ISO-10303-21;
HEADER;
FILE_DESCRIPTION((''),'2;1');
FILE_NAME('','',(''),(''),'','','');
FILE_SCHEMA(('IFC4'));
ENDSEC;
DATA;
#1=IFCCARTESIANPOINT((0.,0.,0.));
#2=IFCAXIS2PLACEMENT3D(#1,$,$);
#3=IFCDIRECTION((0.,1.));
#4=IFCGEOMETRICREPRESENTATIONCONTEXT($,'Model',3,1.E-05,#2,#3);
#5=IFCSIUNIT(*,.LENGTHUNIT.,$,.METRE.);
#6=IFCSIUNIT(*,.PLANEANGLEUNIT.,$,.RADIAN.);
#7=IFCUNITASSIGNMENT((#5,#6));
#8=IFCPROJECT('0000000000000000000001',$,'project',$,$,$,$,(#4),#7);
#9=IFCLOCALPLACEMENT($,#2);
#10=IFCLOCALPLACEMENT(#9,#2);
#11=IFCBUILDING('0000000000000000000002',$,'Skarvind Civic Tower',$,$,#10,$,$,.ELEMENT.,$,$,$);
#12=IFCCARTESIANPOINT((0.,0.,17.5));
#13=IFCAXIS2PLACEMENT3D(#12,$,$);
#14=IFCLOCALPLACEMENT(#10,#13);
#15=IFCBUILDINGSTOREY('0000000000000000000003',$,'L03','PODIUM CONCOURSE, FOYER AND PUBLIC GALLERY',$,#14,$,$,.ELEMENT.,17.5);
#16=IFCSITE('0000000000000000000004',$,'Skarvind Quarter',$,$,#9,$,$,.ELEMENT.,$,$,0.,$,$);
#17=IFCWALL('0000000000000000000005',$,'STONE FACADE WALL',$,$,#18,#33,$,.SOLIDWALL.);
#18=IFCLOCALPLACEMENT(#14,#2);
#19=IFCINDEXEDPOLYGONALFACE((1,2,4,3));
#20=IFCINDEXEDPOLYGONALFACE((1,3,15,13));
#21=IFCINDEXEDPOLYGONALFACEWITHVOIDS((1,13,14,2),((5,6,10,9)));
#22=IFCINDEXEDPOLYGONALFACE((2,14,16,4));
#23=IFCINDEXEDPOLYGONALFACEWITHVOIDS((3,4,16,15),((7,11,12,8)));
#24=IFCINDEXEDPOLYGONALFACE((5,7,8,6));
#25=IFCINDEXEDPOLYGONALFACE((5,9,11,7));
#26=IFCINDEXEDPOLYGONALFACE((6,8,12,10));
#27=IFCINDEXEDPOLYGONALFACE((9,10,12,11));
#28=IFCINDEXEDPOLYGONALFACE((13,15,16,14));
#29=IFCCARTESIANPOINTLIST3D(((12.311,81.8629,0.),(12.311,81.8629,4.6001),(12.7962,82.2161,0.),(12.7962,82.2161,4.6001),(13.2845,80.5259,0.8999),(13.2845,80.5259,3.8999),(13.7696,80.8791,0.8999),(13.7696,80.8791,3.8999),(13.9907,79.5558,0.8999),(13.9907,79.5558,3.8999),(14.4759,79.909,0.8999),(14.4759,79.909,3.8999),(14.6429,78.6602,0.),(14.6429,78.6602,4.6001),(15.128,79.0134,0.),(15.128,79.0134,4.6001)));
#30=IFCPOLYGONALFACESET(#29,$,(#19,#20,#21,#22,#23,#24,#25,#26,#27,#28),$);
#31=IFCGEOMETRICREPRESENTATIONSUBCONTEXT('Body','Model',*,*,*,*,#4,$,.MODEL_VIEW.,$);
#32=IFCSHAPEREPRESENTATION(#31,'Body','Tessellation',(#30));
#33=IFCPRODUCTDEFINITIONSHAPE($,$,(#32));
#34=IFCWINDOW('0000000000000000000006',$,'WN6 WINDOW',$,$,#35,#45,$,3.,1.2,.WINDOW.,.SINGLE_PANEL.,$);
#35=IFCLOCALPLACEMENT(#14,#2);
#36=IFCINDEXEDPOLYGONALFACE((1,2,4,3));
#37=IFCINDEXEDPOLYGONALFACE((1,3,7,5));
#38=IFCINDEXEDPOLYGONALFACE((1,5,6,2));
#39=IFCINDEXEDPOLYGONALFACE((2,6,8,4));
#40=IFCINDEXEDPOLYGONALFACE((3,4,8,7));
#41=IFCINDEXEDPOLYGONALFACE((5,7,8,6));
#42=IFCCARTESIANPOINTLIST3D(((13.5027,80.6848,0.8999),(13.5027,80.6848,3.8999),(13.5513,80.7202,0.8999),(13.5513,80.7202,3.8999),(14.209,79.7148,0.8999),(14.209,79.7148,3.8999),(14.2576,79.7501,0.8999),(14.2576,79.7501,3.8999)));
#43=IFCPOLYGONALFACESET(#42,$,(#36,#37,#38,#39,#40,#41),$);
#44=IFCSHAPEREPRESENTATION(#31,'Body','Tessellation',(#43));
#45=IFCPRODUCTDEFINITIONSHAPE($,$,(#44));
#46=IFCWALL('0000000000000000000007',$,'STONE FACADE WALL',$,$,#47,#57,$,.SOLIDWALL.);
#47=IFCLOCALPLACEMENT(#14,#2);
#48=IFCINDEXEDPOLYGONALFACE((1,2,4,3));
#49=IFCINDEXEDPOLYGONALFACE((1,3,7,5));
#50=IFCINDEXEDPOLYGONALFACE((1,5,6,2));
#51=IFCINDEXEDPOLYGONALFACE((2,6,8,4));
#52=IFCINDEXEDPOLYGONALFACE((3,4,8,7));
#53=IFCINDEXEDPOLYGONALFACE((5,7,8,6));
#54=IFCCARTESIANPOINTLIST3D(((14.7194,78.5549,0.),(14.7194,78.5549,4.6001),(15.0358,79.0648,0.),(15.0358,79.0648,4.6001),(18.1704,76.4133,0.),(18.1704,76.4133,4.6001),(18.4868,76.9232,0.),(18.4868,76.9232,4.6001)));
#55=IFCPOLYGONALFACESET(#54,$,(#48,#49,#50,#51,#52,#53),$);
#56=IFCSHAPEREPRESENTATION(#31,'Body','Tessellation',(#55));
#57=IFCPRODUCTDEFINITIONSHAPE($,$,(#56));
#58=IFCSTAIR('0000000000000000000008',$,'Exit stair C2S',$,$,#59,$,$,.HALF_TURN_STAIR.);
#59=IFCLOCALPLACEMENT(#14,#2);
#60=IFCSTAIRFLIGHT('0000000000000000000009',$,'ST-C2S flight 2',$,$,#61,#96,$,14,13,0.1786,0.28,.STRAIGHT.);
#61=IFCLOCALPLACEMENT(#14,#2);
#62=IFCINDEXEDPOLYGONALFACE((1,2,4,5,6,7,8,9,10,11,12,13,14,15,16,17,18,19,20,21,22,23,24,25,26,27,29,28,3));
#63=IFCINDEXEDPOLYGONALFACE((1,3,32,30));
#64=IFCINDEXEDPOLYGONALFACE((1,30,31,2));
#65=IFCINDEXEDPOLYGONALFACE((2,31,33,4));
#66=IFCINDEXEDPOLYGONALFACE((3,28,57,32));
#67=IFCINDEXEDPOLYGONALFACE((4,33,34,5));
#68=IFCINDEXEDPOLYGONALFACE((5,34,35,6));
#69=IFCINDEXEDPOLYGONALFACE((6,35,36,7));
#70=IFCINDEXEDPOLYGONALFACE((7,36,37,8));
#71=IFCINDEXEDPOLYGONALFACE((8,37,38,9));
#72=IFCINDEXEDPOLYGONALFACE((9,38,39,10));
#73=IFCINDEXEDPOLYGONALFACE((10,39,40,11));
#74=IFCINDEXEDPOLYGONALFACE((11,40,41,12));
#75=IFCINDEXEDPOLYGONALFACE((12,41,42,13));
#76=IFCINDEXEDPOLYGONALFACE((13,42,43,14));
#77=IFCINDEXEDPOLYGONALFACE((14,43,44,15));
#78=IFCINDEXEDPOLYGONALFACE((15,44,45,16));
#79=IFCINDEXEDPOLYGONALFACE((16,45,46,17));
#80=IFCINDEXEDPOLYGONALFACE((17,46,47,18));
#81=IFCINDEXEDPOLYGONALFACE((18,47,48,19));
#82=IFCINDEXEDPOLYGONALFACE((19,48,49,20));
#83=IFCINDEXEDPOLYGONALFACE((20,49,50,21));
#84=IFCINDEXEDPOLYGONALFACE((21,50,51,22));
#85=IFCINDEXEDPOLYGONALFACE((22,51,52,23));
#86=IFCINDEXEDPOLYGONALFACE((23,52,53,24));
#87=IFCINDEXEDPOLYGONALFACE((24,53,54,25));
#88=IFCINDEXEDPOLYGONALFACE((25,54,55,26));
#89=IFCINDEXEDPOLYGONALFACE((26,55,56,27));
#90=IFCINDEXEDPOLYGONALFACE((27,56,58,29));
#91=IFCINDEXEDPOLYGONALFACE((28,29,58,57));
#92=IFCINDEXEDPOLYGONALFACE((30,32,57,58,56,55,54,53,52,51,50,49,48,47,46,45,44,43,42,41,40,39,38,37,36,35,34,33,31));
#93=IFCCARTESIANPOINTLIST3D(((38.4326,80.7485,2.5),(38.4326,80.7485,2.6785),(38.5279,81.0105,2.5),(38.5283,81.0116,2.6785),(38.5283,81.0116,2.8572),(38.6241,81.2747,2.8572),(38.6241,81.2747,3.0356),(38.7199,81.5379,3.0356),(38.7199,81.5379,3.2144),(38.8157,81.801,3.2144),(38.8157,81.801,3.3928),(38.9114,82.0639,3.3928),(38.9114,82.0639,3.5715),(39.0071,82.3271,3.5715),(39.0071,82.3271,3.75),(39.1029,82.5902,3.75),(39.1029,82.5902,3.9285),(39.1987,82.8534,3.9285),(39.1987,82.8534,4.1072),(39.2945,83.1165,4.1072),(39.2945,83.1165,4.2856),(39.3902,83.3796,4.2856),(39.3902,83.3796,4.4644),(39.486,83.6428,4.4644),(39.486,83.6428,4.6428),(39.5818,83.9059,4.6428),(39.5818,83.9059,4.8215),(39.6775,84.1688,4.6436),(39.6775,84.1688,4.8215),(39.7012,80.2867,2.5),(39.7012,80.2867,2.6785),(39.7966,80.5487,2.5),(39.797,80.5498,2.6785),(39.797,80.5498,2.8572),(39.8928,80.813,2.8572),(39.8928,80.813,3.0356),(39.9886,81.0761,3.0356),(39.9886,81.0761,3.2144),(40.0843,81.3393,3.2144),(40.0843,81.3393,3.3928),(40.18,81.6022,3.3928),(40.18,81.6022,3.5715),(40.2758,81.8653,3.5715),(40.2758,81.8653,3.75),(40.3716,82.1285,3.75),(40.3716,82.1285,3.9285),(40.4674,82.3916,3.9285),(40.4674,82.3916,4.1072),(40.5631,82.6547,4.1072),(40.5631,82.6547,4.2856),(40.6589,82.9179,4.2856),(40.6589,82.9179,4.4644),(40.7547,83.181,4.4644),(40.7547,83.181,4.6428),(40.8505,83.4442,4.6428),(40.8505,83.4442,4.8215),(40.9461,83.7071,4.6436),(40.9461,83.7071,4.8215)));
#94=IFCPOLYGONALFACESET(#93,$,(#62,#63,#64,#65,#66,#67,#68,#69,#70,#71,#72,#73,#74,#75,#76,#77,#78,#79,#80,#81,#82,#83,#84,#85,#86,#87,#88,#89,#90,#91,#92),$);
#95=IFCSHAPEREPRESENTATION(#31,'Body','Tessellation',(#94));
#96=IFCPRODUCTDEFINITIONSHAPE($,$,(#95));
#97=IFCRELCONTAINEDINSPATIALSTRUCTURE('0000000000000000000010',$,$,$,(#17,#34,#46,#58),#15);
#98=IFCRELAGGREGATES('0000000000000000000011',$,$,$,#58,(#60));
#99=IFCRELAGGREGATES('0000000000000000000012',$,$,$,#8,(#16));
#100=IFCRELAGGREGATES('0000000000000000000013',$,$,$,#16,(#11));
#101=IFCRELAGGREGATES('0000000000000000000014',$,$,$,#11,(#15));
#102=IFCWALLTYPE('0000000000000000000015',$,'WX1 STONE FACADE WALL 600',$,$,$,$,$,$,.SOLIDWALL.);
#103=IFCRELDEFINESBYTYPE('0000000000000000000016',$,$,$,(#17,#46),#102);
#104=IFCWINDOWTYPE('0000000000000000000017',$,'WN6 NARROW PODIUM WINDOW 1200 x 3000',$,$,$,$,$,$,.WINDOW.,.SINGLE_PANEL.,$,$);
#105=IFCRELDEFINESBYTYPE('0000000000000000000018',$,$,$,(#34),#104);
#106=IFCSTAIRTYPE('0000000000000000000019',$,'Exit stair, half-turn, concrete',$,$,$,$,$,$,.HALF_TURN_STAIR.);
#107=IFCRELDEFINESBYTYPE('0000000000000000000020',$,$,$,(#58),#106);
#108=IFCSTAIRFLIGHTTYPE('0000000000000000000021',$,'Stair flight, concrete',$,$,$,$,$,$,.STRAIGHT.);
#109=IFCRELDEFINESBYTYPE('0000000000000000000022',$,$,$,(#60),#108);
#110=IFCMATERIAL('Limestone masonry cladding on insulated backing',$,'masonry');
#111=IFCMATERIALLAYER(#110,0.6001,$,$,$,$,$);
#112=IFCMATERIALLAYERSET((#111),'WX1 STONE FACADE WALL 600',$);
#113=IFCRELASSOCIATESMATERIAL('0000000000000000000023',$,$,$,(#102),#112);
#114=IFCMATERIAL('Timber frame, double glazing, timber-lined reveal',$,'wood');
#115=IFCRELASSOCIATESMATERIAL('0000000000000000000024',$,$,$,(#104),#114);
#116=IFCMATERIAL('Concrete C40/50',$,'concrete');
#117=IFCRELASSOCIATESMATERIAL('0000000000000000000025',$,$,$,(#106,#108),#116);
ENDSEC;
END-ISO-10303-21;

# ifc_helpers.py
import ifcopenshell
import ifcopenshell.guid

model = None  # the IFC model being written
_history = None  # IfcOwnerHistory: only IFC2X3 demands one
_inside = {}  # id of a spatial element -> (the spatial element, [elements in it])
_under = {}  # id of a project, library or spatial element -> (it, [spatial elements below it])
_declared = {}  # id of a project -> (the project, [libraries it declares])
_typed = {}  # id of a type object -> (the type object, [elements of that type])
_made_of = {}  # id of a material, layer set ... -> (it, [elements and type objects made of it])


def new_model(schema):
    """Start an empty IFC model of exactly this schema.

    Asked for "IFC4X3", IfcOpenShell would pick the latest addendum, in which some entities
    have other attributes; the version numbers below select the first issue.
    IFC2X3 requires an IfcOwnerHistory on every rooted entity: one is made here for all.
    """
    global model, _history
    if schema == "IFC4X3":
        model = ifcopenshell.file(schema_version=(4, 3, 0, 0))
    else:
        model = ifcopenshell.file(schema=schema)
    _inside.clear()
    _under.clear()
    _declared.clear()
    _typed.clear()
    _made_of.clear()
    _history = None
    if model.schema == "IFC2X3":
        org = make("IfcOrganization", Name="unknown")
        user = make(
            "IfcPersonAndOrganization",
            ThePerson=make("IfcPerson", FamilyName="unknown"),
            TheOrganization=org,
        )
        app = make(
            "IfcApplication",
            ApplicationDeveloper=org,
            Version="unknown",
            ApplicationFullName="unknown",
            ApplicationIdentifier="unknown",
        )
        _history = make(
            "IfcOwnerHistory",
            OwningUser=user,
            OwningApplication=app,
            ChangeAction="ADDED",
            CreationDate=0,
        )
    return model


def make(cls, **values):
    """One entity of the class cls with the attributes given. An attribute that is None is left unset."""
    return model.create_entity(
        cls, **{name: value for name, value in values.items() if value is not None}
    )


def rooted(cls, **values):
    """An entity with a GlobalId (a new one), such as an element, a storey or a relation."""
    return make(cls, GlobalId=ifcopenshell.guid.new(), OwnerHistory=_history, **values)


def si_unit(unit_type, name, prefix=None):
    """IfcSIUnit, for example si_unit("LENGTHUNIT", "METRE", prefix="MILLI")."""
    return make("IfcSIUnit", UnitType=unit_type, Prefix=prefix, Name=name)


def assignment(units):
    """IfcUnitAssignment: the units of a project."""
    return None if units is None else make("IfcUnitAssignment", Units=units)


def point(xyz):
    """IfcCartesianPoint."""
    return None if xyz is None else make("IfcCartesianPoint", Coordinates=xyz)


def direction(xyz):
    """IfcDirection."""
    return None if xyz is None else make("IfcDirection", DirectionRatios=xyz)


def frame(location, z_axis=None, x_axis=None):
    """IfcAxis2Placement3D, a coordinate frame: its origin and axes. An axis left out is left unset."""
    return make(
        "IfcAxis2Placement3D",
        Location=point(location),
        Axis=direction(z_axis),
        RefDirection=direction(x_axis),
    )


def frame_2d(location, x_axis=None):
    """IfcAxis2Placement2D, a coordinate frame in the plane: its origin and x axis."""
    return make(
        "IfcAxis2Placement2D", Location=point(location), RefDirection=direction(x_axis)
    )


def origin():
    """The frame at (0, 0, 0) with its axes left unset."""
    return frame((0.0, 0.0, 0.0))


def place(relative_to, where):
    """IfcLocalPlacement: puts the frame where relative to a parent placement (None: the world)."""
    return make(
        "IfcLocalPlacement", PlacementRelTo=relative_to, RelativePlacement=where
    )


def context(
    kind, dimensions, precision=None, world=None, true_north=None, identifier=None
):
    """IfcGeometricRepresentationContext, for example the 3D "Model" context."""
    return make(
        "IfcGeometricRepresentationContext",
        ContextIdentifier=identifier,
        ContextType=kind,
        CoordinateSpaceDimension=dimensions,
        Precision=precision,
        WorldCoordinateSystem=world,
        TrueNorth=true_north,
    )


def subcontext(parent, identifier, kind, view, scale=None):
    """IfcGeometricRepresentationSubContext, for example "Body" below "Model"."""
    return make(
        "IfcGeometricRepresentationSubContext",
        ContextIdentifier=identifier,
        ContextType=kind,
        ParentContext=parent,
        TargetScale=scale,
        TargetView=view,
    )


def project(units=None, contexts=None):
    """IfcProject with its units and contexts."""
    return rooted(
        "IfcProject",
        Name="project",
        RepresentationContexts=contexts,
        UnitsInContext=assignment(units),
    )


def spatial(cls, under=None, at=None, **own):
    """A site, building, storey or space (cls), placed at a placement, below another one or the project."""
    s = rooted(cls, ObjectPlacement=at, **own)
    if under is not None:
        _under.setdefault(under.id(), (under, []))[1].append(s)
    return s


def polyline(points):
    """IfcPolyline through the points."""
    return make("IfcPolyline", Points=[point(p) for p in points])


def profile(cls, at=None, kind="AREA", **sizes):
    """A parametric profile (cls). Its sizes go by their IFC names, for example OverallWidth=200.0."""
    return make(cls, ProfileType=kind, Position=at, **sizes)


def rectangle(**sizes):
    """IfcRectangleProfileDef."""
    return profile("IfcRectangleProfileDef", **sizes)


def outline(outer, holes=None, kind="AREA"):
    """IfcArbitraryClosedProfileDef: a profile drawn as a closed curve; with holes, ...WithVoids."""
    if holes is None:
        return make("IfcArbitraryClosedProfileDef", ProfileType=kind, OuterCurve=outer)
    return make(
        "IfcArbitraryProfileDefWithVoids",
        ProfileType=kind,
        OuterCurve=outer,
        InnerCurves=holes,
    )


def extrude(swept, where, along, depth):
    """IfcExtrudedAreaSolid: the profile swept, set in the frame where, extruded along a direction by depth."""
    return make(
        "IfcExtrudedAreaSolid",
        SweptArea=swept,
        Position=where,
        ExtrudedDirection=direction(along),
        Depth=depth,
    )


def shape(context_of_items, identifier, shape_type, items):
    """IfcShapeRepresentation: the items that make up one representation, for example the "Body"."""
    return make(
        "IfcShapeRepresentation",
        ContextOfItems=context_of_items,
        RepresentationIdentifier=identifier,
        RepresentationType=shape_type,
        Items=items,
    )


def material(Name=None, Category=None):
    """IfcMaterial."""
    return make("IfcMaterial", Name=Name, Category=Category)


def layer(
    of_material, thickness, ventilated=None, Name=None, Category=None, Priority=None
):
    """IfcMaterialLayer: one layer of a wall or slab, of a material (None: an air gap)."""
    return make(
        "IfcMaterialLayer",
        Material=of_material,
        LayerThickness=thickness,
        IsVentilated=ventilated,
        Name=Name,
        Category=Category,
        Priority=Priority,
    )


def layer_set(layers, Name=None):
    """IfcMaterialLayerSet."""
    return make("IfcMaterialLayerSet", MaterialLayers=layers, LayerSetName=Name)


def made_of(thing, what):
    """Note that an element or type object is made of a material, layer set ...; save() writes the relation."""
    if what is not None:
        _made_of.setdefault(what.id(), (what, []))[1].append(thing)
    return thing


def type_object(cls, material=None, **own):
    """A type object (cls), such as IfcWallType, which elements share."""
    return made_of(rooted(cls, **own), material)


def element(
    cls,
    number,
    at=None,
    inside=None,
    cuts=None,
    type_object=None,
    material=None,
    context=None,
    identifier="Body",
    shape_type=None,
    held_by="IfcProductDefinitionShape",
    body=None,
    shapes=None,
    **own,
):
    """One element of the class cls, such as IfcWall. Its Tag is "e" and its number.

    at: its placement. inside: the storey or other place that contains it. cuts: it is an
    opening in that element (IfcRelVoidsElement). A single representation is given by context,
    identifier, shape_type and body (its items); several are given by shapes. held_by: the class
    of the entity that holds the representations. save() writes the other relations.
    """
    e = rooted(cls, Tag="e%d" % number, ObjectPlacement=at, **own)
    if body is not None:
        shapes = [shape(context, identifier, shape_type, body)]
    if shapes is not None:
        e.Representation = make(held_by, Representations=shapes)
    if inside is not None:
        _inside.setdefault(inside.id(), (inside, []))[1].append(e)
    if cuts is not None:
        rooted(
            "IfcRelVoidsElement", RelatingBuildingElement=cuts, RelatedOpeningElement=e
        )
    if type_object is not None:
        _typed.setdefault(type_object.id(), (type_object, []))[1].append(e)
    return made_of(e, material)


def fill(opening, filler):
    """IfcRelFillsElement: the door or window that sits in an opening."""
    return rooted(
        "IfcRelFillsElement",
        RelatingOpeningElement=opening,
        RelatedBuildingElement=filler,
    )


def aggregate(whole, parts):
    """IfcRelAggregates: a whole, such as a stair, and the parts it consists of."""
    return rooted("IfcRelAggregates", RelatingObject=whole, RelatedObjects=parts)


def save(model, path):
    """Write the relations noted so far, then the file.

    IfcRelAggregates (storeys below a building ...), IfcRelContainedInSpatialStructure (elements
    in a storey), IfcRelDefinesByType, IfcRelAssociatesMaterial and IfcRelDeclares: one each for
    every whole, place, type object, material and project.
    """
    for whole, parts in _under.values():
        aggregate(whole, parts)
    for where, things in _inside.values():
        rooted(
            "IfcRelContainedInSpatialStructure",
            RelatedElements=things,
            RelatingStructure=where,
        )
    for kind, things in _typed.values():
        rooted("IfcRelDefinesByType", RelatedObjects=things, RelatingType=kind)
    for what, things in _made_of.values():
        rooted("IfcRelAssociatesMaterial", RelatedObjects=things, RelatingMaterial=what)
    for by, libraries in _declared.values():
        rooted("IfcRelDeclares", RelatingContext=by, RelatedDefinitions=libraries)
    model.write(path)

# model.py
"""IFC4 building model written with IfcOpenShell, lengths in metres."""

from ifc_helpers import new_model, si_unit, direction, frame, frame_2d, origin, place, context, subcontext, project, spatial, polyline, rectangle, outline, extrude, material, layer, layer_set, type_object, element, fill, aggregate, save


model = new_model("IFC4")

# Units and contexts
model_context = context("Model", 3, precision=1e-05, world=origin(), true_north=direction((0.0, 1.0)))
body_context = subcontext(model_context, "Body", "Model", "MODEL_VIEW")
ifc_project = project(units=[si_unit("LENGTHUNIT", "METRE"), si_unit("PLANEANGLEUNIT", "RADIAN")], contexts=[model_context])

# Site, building, storey
site_placement = place(None, origin())
site = spatial("IfcSite", under=ifc_project, at=site_placement, Name="Skarvind Quarter", CompositionType="ELEMENT", RefElevation=0.0)
building_placement = place(site_placement, origin())
building = spatial("IfcBuilding", under=site, at=building_placement, Name="Skarvind Civic Tower", CompositionType="ELEMENT")
storey_placement = place(building_placement, frame((0.0, 0.0, 17.5)))
storey = spatial("IfcBuildingStorey", under=building, at=storey_placement, Name="L03", Description="PODIUM CONCOURSE, FOYER AND PUBLIC GALLERY", CompositionType="ELEMENT", Elevation=17.5)

# Wall, opening, window
ifc_material_1 = material(Name="Limestone masonry cladding on insulated backing", Category="masonry")
ifc_layer_1 = layer(ifc_material_1, 0.6001)
ifc_layer_set_1 = layer_set([ifc_layer_1], Name="WX1 STONE FACADE WALL 600")
wall_type_1 = type_object("IfcWallType", Name="WX1 STONE FACADE WALL 600", PredefinedType="SOLIDWALL", material=ifc_layer_set_1)
wall_1_placement = place(storey_placement, frame((14.8855, 78.8367, 0.0), z_axis=(0.0, 0.0, 1.0), x_axis=(-0.5886, 0.808424, 0.0)))
wall_1 = element("IfcWall", 1, at=wall_1_placement, inside=storey, type_object=wall_type_1, Name="STONE FACADE WALL", PredefinedType="SOLIDWALL", context=body_context, shape_type="SweptSolid", body=[
    extrude(rectangle(XDim=3.9617, YDim=0.6001, at=frame_2d((1.981, 0.0))), origin(), (0.0, 0.0, 1.0), 4.6001),
])
opening_1_placement = place(wall_1_placement, frame((1.1079, 0.0, 0.8999)))
opening_1 = element("IfcOpeningElement", 2, at=opening_1_placement, cuts=wall_1, PredefinedType="OPENING", context=body_context, shape_type="SweptSolid", body=[
    extrude(rectangle(XDim=1.2, YDim=3.0, at=frame_2d((0.6001, 1.5))), frame((0.0, 0.3101, 0.0), z_axis=(0.0, -1.0, 0.0), x_axis=(1.0, 0.0, 0.0)), (0.0, 0.0, 1.0), 0.6201),
])
ifc_material_2 = material(Name="Timber frame, double glazing, timber-lined reveal", Category="wood")
window_type = type_object("IfcWindowType", Name="WN6 NARROW PODIUM WINDOW 1200 x 3000", PartitioningType="SINGLE_PANEL", PredefinedType="WINDOW", material=ifc_material_2)
window_placement = place(opening_1_placement, origin())
window = element("IfcWindow", 3, at=window_placement, inside=storey, type_object=window_type, Name="WN6 WINDOW", OverallHeight=3.0, OverallWidth=1.2, PartitioningType="SINGLE_PANEL", PredefinedType="WINDOW", context=body_context, shape_type="SweptSolid", body=[
    extrude(rectangle(XDim=1.2, YDim=3.0, at=frame_2d((0.6001, 1.5))), frame((0.0, 0.03, 0.0), z_axis=(0.0, -1.0, 0.0), x_axis=(1.0, 0.0, 0.0)), (0.0, 0.0, 1.0), 0.0601),
])
fill(opening_1, window)

# Wall
wall_2_placement = place(storey_placement, frame((18.3286, 76.6682, 0.0), z_axis=(0.0, 0.0, 1.0), x_axis=(-0.849679, 0.5273, 0.0)))
element("IfcWall", 4, at=wall_2_placement, inside=storey, type_object=wall_type_1, Name="STONE FACADE WALL", PredefinedType="SOLIDWALL", context=body_context, shape_type="SweptSolid", body=[
    extrude(rectangle(XDim=4.0615, YDim=0.6001, at=frame_2d((2.0308, 0.0))), origin(), (0.0, 0.0, 1.0), 4.6001),
])

# Stair, stair flight
ifc_material_3 = material(Name="Concrete C40/50", Category="concrete")
stair_type = type_object("IfcStairType", Name="Exit stair, half-turn, concrete", PredefinedType="HALF_TURN_STAIR", material=ifc_material_3)
stair_placement = place(storey_placement, origin())
stair = element("IfcStair", 5, at=stair_placement, inside=storey, type_object=stair_type, Name="Exit stair C2S", PredefinedType="HALF_TURN_STAIR")
stair_flight_type = type_object("IfcStairFlightType", Name="Stair flight, concrete", PredefinedType="STRAIGHT", material=ifc_material_3)
stair_flight_placement = place(storey_placement, frame((39.0669, 80.5176, 2.5), z_axis=(0.0, 0.0, 1.0), x_axis=(0.34202, 0.939693, 0.0)))
stair_flight = element("IfcStairFlight", 6, at=stair_flight_placement, type_object=stair_flight_type, Name="ST-C2S flight 2", NumberOfRisers=14, NumberOfTreads=13, PredefinedType="STRAIGHT", RiserHeight=0.1786, TreadLength=0.28, context=body_context, shape_type="SweptSolid", body=[
    extrude(outline(polyline([(0.0, 0.0), (0.0, 0.1785), (0.28, 0.1785), (0.28, 0.3572), (0.5601, 0.3572), (0.5601, 0.5356), (0.8401, 0.5356), (0.8401, 0.7144), (1.1201, 0.7144), (1.1201, 0.8928), (1.3999, 0.8928), (1.3999, 1.0715), (1.6799, 1.0715), (1.6799, 1.25), (1.96, 1.25), (1.96, 1.4285), (2.24, 1.4285), (2.24, 1.6072), (2.52, 1.6072), (2.52, 1.7856), (2.8, 1.7856), (2.8, 1.9644), (3.0801, 1.9644), (3.0801, 2.1428), (3.3601, 2.1428), (3.3601, 2.3215), (3.6399, 2.3215), (3.6399, 2.5), (3.6399, 2.1436), (0.2788, 0.0), (0.0, 0.0)])), frame((0.0, 0.675, 0.0), z_axis=(0.0, -1.0, 0.0), x_axis=(1.0, 0.0, 0.0)), (0.0, 0.0, 1.0), 1.3501),
])
aggregate(stair, [stair_flight])

save(model, "model.ifc")
